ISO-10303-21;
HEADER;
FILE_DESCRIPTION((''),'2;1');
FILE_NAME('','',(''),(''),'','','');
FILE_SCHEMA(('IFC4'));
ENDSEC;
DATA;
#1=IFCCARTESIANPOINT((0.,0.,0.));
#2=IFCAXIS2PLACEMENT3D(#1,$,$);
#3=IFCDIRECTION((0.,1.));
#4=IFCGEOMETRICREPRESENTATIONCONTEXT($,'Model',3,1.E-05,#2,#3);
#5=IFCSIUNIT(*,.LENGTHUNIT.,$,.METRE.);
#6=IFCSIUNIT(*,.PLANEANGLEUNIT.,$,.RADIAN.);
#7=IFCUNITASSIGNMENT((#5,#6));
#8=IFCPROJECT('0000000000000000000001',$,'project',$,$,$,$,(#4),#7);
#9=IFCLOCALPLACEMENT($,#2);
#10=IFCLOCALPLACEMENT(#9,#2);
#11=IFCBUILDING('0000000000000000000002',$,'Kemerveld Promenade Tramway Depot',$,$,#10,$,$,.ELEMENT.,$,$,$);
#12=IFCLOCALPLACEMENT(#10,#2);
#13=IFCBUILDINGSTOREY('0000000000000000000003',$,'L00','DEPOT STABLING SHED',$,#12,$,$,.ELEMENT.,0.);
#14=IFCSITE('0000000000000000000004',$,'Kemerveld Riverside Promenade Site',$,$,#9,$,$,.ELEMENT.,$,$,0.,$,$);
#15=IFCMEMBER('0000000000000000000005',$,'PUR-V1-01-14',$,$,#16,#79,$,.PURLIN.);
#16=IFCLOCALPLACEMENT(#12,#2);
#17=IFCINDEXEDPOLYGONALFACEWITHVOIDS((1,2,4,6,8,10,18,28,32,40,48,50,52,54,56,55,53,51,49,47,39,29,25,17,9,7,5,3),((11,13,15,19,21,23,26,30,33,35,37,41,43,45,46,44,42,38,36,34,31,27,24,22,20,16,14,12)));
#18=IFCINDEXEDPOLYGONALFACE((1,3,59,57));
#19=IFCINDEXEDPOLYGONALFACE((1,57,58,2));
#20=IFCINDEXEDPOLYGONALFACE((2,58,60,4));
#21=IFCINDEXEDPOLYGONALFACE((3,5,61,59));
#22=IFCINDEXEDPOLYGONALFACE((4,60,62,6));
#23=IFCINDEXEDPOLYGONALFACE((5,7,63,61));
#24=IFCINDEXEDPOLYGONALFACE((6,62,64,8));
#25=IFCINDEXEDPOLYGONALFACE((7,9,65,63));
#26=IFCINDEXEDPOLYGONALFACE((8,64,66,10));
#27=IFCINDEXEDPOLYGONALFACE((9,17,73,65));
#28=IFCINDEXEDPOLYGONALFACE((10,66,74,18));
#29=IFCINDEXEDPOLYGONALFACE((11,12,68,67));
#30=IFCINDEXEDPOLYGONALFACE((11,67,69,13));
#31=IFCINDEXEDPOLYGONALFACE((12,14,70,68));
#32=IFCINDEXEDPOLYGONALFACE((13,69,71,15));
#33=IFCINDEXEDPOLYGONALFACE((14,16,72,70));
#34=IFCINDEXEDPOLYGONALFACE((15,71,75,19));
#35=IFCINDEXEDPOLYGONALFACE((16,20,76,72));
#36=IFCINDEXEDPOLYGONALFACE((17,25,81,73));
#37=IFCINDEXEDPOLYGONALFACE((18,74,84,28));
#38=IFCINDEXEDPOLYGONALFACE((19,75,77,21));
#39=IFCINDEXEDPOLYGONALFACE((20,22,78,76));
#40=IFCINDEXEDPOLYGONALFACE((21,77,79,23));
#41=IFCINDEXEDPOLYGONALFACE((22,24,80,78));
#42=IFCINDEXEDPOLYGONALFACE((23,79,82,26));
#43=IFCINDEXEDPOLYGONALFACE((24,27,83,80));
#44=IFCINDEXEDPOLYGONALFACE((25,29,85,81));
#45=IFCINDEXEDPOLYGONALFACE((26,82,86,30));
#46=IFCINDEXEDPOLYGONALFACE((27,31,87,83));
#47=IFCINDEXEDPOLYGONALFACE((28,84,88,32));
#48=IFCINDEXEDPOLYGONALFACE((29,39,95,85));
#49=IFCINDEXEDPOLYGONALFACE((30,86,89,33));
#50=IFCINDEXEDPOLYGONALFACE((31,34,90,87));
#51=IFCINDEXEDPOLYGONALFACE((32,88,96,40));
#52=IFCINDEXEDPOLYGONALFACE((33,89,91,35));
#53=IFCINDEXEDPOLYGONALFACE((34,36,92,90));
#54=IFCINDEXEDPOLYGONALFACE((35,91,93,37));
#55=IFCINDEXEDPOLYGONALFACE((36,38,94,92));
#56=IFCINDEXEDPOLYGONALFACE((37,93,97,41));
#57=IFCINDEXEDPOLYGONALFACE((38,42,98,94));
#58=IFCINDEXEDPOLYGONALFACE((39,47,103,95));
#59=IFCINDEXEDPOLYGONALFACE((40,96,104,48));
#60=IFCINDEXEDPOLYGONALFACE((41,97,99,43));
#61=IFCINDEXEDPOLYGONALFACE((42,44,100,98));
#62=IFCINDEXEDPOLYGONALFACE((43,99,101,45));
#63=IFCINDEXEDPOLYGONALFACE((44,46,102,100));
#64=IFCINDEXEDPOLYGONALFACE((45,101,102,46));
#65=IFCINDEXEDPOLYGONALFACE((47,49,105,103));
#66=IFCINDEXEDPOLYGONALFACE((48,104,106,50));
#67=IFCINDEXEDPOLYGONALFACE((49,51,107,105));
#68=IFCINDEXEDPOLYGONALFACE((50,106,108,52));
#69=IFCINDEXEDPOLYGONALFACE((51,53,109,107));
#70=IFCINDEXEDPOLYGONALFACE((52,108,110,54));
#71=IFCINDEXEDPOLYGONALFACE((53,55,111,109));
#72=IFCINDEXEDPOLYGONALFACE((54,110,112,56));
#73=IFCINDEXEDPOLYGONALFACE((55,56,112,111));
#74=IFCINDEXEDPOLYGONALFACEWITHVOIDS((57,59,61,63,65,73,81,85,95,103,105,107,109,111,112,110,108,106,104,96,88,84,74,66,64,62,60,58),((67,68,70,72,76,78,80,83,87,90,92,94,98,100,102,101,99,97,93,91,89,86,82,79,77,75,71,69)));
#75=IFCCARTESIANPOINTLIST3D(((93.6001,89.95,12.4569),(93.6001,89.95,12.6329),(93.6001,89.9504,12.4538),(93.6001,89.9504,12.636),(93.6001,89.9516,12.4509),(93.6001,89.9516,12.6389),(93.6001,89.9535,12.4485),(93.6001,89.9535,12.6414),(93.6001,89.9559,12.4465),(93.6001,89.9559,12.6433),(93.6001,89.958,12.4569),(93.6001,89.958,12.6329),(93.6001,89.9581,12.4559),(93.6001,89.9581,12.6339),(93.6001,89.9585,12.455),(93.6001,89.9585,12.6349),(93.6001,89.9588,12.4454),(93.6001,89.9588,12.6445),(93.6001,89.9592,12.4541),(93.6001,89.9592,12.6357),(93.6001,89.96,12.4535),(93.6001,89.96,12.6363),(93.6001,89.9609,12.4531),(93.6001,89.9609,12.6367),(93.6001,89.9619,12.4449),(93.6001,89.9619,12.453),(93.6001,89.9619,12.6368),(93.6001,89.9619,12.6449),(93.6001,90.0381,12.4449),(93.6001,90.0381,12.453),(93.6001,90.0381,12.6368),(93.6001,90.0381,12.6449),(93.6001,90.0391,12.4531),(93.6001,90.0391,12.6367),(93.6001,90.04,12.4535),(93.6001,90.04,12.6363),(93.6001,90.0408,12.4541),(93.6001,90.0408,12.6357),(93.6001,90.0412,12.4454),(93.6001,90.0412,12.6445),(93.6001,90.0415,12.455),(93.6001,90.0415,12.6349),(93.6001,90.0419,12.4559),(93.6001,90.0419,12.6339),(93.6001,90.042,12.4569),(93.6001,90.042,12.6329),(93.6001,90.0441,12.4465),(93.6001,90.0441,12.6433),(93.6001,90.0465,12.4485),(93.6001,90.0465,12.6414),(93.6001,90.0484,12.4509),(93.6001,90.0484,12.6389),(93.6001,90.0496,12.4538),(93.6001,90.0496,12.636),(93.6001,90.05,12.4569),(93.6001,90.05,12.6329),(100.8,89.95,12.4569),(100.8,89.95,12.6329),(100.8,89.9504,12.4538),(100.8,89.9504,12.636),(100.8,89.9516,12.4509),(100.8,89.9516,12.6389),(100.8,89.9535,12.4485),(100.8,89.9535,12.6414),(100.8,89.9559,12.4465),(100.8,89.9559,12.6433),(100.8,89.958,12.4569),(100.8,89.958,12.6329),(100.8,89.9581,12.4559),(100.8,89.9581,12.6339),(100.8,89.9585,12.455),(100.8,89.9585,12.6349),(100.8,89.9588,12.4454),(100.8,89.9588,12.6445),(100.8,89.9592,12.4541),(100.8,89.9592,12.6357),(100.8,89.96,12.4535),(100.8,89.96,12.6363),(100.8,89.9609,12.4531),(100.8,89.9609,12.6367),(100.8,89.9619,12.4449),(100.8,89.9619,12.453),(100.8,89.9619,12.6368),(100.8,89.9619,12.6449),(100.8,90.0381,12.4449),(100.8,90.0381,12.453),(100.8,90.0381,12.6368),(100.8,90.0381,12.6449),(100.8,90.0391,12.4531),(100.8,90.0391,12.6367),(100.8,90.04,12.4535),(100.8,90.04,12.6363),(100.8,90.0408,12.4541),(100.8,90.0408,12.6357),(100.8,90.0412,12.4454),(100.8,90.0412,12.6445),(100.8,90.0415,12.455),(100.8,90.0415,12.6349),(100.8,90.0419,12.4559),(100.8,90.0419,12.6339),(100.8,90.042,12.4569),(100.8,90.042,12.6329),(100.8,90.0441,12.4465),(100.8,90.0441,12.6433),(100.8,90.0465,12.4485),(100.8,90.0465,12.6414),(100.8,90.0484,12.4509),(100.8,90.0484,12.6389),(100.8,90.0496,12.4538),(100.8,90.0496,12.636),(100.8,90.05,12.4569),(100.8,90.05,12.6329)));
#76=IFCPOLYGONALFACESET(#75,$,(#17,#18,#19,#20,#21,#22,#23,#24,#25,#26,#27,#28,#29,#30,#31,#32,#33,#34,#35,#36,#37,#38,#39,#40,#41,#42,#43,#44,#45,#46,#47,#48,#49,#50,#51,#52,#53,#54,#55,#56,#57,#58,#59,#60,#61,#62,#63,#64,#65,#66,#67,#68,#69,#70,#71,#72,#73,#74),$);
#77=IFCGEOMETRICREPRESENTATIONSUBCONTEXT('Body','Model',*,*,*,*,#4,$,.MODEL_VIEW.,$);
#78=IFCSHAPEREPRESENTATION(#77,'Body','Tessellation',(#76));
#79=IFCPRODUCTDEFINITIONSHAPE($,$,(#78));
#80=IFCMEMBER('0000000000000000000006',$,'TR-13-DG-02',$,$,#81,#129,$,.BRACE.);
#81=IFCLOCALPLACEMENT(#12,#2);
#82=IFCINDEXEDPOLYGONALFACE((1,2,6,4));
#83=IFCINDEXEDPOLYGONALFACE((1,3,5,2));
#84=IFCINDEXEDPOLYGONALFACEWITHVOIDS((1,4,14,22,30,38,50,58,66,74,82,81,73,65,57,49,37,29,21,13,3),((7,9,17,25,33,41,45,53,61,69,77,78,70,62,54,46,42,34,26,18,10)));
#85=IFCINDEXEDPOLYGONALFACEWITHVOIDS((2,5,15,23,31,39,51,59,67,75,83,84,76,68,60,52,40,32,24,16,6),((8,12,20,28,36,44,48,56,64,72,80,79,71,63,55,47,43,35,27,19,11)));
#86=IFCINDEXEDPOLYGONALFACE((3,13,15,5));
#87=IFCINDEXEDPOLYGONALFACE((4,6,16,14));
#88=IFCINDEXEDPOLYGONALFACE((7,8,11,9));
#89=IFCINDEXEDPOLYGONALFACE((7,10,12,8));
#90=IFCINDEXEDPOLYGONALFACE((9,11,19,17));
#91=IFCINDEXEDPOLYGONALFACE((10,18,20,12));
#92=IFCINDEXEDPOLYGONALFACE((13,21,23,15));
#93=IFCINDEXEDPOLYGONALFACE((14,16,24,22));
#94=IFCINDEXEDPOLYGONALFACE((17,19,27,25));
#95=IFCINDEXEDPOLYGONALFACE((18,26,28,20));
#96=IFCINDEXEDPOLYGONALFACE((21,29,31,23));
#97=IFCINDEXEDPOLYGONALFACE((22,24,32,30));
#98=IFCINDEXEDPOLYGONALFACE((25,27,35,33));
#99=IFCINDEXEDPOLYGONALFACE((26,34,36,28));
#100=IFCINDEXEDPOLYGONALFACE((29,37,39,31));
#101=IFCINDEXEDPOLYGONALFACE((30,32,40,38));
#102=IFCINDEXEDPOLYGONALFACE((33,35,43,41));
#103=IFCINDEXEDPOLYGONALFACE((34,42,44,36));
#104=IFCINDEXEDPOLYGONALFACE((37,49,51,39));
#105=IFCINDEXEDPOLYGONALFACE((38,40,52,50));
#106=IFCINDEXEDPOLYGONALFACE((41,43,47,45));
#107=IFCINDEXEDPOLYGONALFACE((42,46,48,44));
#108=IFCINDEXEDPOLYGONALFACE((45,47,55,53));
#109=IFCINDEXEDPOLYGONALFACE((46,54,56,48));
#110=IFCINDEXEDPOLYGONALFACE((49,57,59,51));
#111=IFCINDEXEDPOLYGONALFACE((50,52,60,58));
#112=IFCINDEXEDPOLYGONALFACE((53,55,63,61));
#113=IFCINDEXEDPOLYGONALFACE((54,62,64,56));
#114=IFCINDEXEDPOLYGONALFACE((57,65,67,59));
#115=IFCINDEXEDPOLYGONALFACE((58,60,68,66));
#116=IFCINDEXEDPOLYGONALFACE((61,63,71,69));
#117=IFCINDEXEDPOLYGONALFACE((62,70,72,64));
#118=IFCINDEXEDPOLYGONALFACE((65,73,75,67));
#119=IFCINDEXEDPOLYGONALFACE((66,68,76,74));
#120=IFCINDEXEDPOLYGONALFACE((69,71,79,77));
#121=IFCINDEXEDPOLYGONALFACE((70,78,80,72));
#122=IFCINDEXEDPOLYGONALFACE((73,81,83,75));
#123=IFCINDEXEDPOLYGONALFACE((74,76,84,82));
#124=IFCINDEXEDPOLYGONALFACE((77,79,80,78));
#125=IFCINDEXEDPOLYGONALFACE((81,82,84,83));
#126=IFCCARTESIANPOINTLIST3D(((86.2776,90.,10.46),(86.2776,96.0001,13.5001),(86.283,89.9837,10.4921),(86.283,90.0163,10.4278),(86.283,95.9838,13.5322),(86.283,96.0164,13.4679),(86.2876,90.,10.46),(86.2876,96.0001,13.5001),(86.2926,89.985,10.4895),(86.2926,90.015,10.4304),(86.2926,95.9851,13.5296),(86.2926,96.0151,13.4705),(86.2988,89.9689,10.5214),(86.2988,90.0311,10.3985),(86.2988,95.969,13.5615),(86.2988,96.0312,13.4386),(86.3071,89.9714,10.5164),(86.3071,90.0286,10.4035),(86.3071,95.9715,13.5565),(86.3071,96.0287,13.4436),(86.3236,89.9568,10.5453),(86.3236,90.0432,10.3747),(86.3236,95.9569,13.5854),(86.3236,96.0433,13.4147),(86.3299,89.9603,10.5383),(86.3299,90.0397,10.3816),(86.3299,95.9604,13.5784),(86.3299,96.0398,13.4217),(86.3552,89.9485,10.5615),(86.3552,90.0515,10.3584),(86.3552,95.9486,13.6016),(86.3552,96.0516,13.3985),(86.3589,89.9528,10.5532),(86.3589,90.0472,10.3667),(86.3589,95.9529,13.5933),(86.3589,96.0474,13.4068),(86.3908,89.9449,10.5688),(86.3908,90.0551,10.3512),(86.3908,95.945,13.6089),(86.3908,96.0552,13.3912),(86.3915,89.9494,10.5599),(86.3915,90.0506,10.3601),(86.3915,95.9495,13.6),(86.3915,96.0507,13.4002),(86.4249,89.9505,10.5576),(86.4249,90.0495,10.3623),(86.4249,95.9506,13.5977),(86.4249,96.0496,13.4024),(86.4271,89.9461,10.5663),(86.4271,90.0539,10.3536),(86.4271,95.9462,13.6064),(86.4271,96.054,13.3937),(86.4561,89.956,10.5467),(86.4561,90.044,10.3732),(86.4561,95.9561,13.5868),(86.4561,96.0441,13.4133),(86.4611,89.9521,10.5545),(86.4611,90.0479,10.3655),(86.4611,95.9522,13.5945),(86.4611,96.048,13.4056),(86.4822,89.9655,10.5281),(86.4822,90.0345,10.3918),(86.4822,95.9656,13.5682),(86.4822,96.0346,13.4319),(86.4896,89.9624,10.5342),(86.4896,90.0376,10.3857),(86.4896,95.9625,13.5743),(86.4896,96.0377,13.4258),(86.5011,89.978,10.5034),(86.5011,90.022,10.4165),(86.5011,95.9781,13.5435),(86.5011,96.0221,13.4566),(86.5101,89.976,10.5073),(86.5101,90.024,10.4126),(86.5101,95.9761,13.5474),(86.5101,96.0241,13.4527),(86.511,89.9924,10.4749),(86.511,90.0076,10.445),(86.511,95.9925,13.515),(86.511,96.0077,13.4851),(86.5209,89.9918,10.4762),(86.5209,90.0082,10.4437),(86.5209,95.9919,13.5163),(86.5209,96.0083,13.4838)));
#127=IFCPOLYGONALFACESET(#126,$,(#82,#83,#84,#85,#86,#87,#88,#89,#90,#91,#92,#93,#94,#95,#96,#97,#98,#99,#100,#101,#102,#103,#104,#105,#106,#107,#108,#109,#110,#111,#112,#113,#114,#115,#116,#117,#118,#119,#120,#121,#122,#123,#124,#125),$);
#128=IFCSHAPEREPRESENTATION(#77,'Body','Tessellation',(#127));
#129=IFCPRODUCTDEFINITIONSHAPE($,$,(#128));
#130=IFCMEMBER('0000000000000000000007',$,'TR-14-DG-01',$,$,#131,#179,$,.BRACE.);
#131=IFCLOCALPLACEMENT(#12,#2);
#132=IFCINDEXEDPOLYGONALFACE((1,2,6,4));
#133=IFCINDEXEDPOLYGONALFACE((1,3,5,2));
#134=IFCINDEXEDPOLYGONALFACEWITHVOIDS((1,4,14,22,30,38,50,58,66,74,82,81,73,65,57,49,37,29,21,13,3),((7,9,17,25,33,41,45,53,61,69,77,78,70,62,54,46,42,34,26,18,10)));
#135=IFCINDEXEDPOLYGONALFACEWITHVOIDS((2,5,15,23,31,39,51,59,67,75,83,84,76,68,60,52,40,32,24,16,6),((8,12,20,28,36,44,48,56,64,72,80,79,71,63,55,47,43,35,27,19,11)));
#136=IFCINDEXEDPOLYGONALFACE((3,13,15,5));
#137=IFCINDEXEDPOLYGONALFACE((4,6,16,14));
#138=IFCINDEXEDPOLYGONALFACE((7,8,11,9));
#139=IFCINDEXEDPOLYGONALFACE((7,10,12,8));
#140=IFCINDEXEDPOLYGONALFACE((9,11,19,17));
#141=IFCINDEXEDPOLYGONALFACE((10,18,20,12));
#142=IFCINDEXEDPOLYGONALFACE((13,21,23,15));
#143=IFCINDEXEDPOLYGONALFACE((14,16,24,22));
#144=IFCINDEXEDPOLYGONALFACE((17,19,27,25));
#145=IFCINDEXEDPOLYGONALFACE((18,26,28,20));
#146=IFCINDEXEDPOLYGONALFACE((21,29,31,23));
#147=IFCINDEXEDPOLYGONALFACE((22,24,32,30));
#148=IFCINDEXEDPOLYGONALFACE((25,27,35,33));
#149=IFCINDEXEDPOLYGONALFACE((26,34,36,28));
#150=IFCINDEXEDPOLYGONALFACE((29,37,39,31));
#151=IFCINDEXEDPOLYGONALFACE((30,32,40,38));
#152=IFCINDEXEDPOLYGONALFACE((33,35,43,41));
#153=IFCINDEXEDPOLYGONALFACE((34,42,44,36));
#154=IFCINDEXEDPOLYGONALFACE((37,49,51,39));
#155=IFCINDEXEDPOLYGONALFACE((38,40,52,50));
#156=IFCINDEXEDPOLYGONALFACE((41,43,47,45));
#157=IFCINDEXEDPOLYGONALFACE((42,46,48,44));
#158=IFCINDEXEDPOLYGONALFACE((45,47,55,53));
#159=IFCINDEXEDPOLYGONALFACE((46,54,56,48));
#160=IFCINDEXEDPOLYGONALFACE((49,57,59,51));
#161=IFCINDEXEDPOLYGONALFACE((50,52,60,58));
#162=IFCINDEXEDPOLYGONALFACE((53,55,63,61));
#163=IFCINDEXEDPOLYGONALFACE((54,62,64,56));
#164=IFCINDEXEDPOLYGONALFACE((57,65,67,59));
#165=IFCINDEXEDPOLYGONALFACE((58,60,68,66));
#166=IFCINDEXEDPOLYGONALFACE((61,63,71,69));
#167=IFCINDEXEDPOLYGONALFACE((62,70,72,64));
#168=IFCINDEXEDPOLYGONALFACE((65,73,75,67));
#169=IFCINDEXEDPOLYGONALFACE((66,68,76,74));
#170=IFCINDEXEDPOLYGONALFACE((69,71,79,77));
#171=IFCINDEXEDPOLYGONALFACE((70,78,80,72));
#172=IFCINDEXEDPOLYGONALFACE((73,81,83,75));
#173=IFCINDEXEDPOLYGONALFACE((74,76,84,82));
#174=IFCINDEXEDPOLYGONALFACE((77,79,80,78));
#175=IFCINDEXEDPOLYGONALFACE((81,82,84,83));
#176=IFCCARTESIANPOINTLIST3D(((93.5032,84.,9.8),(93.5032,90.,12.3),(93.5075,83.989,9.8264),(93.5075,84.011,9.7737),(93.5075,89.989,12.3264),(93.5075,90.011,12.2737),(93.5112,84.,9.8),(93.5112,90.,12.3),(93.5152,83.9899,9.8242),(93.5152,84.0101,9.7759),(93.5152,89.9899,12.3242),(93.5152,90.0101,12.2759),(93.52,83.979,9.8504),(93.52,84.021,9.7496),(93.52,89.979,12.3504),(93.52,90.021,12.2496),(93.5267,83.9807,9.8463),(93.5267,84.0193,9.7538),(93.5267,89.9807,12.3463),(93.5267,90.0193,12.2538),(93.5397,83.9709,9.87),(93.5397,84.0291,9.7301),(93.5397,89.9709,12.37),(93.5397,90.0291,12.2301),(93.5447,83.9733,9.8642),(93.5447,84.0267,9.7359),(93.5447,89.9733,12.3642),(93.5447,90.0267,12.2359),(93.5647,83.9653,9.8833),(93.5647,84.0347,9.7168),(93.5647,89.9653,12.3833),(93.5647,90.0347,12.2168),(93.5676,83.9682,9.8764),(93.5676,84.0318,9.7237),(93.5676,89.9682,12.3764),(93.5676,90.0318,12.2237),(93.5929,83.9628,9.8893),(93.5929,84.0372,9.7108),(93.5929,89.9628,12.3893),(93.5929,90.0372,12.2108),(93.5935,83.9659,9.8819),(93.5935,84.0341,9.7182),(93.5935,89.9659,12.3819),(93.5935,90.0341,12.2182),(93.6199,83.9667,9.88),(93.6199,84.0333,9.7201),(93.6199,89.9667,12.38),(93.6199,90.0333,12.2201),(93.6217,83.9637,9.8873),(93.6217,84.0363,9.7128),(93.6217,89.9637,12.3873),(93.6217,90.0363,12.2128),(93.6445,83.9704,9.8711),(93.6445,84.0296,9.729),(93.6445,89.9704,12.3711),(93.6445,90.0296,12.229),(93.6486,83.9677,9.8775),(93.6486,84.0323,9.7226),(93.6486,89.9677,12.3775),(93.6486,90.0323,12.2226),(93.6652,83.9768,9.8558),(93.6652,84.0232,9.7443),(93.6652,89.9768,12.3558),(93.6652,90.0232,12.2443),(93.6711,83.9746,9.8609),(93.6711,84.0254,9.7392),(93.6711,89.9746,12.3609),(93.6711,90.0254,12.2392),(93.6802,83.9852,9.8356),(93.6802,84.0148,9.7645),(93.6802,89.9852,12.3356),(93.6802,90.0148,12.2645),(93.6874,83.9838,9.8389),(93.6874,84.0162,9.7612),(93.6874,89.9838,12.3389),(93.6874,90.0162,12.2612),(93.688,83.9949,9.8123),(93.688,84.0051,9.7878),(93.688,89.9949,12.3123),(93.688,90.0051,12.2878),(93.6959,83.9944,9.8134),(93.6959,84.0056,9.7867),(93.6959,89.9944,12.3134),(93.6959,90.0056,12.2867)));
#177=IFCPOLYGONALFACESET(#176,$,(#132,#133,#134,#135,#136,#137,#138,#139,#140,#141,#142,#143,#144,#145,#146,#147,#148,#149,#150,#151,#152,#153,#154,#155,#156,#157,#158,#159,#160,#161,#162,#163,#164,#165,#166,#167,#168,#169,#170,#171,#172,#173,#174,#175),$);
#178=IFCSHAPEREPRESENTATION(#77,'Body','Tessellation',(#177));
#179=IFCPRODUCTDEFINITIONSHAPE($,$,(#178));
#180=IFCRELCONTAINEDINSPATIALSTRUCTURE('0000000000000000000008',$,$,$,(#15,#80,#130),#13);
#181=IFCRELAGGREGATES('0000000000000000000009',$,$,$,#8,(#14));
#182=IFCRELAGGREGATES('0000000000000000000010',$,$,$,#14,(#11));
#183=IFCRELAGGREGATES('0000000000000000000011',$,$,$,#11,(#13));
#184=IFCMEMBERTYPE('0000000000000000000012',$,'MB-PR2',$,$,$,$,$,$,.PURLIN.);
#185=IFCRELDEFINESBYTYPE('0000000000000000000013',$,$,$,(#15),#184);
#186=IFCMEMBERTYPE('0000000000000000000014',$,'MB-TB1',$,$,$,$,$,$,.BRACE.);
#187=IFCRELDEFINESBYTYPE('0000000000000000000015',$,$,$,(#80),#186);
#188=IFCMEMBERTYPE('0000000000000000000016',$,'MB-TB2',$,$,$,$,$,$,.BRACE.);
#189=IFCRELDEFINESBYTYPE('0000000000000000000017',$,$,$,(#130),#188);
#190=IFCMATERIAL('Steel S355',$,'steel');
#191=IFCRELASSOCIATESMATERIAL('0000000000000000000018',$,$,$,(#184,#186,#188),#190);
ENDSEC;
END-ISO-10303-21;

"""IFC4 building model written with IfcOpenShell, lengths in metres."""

from ifc_helpers import new_model, si_unit, direction, frame, origin, origin_2d, place, context, subcontext, project, spatial, hollow_rectangle, hollow_circle, extrude, material, material_profile, profile_set, type_object, element, save


model = new_model("IFC4")

# Units and contexts
model_context = context("Model", 3, precision=1e-05, world=origin(), true_north=direction((0.0, 1.0)))
body_context = subcontext(model_context, "Body", "Model", "MODEL_VIEW")
ifc_project = project(units=[si_unit("LENGTHUNIT", "METRE"), si_unit("PLANEANGLEUNIT", "RADIAN")], contexts=[model_context])

# Site, building, storey
site_placement = place(None, origin())
site = spatial("IfcSite", under=ifc_project, at=site_placement, Name="Kemerveld Riverside Promenade Site", CompositionType="ELEMENT", RefElevation=0.0)
building_placement = place(site_placement, origin())
building = spatial("IfcBuilding", under=site, at=building_placement, Name="Kemerveld Promenade Tramway Depot", CompositionType="ELEMENT")
storey_placement = place(building_placement, origin())
storey = spatial("IfcBuildingStorey", under=building, at=storey_placement, Name="L00", Description="DEPOT STABLING SHED", CompositionType="ELEMENT", Elevation=0.0)

# Shared definitions
ifc_material_1 = material(Name="Steel S355", Category="steel")

# Members
ifc_material_profile_1 = material_profile(ifc_material_1, hollow_rectangle(XDim=0.1001, YDim=0.2, WallThickness=0.0081, InnerFilletRadius=0.0039, OuterFilletRadius=0.012, at=origin_2d()), Name="200x100x8.0 RHS")
ifc_profile_set_1 = profile_set([ifc_material_profile_1], Name="Steel S355")
member_type_1 = type_object("IfcMemberType", Name="MB-PR2", PredefinedType="PURLIN", material=ifc_profile_set_1)
member_1_placement = place(storey_placement, frame((93.6001, 90.0, 12.5449), z_axis=(1.0, 0.0, 0.0), x_axis=(0.0, 1.0, 0.0)))
element("IfcMember", 1, at=member_1_placement, inside=storey, type_object=member_type_1, Name="PUR-V1-01-14", PredefinedType="PURLIN", context=body_context, shape_type="SweptSolid", body=[
    extrude(hollow_rectangle(XDim=0.1001, YDim=0.2, WallThickness=0.0081, InnerFilletRadius=0.0039, OuterFilletRadius=0.012, at=origin_2d()), origin(), (0.0, 0.0, 1.0), 7.2),
])
ifc_material_profile_2 = material_profile(ifc_material_1, hollow_circle(Radius=0.1223, WallThickness=0.01, at=origin_2d()), Name="244.5x10.0 CHS")
ifc_profile_set_2 = profile_set([ifc_material_profile_2], Name="Steel S355")
member_type_2 = type_object("IfcMemberType", Name="MB-TB1", PredefinedType="BRACE", material=ifc_profile_set_2)
member_2_placement = place(storey_placement, frame((86.3999, 90.0, 10.46), z_axis=(0.0, 0.892033, 0.451969), x_axis=(-1.0, 0.0, 0.0)))
element("IfcMember", 2, at=member_2_placement, inside=storey, type_object=member_type_2, Name="TR-13-DG-02", PredefinedType="BRACE", context=body_context, shape_type="SweptSolid", body=[
    extrude(hollow_circle(Radius=0.1223, WallThickness=0.01, at=origin_2d()), origin(), (0.0, 0.0, 1.0), 6.7263),
])
ifc_material_profile_3 = material_profile(ifc_material_1, hollow_circle(Radius=0.0969, WallThickness=0.0081, at=origin_2d()), Name="193.7x8.0 CHS")
ifc_profile_set_3 = profile_set([ifc_material_profile_3], Name="Steel S355")
member_type_3 = type_object("IfcMemberType", Name="MB-TB2", PredefinedType="BRACE", material=ifc_profile_set_3)
member_3_placement = place(storey_placement, frame((93.6001, 84.0, 9.8), z_axis=(0.0, 0.923077, 0.384615), x_axis=(-1.0, 0.0, 0.0)))
element("IfcMember", 3, at=member_3_placement, inside=storey, type_object=member_type_3, Name="TR-14-DG-01", PredefinedType="BRACE", context=body_context, shape_type="SweptSolid", body=[
    extrude(hollow_circle(Radius=0.0969, WallThickness=0.0081, at=origin_2d()), origin(), (0.0, 0.0, 1.0), 6.5),
])

save(model, "model.ifc")
